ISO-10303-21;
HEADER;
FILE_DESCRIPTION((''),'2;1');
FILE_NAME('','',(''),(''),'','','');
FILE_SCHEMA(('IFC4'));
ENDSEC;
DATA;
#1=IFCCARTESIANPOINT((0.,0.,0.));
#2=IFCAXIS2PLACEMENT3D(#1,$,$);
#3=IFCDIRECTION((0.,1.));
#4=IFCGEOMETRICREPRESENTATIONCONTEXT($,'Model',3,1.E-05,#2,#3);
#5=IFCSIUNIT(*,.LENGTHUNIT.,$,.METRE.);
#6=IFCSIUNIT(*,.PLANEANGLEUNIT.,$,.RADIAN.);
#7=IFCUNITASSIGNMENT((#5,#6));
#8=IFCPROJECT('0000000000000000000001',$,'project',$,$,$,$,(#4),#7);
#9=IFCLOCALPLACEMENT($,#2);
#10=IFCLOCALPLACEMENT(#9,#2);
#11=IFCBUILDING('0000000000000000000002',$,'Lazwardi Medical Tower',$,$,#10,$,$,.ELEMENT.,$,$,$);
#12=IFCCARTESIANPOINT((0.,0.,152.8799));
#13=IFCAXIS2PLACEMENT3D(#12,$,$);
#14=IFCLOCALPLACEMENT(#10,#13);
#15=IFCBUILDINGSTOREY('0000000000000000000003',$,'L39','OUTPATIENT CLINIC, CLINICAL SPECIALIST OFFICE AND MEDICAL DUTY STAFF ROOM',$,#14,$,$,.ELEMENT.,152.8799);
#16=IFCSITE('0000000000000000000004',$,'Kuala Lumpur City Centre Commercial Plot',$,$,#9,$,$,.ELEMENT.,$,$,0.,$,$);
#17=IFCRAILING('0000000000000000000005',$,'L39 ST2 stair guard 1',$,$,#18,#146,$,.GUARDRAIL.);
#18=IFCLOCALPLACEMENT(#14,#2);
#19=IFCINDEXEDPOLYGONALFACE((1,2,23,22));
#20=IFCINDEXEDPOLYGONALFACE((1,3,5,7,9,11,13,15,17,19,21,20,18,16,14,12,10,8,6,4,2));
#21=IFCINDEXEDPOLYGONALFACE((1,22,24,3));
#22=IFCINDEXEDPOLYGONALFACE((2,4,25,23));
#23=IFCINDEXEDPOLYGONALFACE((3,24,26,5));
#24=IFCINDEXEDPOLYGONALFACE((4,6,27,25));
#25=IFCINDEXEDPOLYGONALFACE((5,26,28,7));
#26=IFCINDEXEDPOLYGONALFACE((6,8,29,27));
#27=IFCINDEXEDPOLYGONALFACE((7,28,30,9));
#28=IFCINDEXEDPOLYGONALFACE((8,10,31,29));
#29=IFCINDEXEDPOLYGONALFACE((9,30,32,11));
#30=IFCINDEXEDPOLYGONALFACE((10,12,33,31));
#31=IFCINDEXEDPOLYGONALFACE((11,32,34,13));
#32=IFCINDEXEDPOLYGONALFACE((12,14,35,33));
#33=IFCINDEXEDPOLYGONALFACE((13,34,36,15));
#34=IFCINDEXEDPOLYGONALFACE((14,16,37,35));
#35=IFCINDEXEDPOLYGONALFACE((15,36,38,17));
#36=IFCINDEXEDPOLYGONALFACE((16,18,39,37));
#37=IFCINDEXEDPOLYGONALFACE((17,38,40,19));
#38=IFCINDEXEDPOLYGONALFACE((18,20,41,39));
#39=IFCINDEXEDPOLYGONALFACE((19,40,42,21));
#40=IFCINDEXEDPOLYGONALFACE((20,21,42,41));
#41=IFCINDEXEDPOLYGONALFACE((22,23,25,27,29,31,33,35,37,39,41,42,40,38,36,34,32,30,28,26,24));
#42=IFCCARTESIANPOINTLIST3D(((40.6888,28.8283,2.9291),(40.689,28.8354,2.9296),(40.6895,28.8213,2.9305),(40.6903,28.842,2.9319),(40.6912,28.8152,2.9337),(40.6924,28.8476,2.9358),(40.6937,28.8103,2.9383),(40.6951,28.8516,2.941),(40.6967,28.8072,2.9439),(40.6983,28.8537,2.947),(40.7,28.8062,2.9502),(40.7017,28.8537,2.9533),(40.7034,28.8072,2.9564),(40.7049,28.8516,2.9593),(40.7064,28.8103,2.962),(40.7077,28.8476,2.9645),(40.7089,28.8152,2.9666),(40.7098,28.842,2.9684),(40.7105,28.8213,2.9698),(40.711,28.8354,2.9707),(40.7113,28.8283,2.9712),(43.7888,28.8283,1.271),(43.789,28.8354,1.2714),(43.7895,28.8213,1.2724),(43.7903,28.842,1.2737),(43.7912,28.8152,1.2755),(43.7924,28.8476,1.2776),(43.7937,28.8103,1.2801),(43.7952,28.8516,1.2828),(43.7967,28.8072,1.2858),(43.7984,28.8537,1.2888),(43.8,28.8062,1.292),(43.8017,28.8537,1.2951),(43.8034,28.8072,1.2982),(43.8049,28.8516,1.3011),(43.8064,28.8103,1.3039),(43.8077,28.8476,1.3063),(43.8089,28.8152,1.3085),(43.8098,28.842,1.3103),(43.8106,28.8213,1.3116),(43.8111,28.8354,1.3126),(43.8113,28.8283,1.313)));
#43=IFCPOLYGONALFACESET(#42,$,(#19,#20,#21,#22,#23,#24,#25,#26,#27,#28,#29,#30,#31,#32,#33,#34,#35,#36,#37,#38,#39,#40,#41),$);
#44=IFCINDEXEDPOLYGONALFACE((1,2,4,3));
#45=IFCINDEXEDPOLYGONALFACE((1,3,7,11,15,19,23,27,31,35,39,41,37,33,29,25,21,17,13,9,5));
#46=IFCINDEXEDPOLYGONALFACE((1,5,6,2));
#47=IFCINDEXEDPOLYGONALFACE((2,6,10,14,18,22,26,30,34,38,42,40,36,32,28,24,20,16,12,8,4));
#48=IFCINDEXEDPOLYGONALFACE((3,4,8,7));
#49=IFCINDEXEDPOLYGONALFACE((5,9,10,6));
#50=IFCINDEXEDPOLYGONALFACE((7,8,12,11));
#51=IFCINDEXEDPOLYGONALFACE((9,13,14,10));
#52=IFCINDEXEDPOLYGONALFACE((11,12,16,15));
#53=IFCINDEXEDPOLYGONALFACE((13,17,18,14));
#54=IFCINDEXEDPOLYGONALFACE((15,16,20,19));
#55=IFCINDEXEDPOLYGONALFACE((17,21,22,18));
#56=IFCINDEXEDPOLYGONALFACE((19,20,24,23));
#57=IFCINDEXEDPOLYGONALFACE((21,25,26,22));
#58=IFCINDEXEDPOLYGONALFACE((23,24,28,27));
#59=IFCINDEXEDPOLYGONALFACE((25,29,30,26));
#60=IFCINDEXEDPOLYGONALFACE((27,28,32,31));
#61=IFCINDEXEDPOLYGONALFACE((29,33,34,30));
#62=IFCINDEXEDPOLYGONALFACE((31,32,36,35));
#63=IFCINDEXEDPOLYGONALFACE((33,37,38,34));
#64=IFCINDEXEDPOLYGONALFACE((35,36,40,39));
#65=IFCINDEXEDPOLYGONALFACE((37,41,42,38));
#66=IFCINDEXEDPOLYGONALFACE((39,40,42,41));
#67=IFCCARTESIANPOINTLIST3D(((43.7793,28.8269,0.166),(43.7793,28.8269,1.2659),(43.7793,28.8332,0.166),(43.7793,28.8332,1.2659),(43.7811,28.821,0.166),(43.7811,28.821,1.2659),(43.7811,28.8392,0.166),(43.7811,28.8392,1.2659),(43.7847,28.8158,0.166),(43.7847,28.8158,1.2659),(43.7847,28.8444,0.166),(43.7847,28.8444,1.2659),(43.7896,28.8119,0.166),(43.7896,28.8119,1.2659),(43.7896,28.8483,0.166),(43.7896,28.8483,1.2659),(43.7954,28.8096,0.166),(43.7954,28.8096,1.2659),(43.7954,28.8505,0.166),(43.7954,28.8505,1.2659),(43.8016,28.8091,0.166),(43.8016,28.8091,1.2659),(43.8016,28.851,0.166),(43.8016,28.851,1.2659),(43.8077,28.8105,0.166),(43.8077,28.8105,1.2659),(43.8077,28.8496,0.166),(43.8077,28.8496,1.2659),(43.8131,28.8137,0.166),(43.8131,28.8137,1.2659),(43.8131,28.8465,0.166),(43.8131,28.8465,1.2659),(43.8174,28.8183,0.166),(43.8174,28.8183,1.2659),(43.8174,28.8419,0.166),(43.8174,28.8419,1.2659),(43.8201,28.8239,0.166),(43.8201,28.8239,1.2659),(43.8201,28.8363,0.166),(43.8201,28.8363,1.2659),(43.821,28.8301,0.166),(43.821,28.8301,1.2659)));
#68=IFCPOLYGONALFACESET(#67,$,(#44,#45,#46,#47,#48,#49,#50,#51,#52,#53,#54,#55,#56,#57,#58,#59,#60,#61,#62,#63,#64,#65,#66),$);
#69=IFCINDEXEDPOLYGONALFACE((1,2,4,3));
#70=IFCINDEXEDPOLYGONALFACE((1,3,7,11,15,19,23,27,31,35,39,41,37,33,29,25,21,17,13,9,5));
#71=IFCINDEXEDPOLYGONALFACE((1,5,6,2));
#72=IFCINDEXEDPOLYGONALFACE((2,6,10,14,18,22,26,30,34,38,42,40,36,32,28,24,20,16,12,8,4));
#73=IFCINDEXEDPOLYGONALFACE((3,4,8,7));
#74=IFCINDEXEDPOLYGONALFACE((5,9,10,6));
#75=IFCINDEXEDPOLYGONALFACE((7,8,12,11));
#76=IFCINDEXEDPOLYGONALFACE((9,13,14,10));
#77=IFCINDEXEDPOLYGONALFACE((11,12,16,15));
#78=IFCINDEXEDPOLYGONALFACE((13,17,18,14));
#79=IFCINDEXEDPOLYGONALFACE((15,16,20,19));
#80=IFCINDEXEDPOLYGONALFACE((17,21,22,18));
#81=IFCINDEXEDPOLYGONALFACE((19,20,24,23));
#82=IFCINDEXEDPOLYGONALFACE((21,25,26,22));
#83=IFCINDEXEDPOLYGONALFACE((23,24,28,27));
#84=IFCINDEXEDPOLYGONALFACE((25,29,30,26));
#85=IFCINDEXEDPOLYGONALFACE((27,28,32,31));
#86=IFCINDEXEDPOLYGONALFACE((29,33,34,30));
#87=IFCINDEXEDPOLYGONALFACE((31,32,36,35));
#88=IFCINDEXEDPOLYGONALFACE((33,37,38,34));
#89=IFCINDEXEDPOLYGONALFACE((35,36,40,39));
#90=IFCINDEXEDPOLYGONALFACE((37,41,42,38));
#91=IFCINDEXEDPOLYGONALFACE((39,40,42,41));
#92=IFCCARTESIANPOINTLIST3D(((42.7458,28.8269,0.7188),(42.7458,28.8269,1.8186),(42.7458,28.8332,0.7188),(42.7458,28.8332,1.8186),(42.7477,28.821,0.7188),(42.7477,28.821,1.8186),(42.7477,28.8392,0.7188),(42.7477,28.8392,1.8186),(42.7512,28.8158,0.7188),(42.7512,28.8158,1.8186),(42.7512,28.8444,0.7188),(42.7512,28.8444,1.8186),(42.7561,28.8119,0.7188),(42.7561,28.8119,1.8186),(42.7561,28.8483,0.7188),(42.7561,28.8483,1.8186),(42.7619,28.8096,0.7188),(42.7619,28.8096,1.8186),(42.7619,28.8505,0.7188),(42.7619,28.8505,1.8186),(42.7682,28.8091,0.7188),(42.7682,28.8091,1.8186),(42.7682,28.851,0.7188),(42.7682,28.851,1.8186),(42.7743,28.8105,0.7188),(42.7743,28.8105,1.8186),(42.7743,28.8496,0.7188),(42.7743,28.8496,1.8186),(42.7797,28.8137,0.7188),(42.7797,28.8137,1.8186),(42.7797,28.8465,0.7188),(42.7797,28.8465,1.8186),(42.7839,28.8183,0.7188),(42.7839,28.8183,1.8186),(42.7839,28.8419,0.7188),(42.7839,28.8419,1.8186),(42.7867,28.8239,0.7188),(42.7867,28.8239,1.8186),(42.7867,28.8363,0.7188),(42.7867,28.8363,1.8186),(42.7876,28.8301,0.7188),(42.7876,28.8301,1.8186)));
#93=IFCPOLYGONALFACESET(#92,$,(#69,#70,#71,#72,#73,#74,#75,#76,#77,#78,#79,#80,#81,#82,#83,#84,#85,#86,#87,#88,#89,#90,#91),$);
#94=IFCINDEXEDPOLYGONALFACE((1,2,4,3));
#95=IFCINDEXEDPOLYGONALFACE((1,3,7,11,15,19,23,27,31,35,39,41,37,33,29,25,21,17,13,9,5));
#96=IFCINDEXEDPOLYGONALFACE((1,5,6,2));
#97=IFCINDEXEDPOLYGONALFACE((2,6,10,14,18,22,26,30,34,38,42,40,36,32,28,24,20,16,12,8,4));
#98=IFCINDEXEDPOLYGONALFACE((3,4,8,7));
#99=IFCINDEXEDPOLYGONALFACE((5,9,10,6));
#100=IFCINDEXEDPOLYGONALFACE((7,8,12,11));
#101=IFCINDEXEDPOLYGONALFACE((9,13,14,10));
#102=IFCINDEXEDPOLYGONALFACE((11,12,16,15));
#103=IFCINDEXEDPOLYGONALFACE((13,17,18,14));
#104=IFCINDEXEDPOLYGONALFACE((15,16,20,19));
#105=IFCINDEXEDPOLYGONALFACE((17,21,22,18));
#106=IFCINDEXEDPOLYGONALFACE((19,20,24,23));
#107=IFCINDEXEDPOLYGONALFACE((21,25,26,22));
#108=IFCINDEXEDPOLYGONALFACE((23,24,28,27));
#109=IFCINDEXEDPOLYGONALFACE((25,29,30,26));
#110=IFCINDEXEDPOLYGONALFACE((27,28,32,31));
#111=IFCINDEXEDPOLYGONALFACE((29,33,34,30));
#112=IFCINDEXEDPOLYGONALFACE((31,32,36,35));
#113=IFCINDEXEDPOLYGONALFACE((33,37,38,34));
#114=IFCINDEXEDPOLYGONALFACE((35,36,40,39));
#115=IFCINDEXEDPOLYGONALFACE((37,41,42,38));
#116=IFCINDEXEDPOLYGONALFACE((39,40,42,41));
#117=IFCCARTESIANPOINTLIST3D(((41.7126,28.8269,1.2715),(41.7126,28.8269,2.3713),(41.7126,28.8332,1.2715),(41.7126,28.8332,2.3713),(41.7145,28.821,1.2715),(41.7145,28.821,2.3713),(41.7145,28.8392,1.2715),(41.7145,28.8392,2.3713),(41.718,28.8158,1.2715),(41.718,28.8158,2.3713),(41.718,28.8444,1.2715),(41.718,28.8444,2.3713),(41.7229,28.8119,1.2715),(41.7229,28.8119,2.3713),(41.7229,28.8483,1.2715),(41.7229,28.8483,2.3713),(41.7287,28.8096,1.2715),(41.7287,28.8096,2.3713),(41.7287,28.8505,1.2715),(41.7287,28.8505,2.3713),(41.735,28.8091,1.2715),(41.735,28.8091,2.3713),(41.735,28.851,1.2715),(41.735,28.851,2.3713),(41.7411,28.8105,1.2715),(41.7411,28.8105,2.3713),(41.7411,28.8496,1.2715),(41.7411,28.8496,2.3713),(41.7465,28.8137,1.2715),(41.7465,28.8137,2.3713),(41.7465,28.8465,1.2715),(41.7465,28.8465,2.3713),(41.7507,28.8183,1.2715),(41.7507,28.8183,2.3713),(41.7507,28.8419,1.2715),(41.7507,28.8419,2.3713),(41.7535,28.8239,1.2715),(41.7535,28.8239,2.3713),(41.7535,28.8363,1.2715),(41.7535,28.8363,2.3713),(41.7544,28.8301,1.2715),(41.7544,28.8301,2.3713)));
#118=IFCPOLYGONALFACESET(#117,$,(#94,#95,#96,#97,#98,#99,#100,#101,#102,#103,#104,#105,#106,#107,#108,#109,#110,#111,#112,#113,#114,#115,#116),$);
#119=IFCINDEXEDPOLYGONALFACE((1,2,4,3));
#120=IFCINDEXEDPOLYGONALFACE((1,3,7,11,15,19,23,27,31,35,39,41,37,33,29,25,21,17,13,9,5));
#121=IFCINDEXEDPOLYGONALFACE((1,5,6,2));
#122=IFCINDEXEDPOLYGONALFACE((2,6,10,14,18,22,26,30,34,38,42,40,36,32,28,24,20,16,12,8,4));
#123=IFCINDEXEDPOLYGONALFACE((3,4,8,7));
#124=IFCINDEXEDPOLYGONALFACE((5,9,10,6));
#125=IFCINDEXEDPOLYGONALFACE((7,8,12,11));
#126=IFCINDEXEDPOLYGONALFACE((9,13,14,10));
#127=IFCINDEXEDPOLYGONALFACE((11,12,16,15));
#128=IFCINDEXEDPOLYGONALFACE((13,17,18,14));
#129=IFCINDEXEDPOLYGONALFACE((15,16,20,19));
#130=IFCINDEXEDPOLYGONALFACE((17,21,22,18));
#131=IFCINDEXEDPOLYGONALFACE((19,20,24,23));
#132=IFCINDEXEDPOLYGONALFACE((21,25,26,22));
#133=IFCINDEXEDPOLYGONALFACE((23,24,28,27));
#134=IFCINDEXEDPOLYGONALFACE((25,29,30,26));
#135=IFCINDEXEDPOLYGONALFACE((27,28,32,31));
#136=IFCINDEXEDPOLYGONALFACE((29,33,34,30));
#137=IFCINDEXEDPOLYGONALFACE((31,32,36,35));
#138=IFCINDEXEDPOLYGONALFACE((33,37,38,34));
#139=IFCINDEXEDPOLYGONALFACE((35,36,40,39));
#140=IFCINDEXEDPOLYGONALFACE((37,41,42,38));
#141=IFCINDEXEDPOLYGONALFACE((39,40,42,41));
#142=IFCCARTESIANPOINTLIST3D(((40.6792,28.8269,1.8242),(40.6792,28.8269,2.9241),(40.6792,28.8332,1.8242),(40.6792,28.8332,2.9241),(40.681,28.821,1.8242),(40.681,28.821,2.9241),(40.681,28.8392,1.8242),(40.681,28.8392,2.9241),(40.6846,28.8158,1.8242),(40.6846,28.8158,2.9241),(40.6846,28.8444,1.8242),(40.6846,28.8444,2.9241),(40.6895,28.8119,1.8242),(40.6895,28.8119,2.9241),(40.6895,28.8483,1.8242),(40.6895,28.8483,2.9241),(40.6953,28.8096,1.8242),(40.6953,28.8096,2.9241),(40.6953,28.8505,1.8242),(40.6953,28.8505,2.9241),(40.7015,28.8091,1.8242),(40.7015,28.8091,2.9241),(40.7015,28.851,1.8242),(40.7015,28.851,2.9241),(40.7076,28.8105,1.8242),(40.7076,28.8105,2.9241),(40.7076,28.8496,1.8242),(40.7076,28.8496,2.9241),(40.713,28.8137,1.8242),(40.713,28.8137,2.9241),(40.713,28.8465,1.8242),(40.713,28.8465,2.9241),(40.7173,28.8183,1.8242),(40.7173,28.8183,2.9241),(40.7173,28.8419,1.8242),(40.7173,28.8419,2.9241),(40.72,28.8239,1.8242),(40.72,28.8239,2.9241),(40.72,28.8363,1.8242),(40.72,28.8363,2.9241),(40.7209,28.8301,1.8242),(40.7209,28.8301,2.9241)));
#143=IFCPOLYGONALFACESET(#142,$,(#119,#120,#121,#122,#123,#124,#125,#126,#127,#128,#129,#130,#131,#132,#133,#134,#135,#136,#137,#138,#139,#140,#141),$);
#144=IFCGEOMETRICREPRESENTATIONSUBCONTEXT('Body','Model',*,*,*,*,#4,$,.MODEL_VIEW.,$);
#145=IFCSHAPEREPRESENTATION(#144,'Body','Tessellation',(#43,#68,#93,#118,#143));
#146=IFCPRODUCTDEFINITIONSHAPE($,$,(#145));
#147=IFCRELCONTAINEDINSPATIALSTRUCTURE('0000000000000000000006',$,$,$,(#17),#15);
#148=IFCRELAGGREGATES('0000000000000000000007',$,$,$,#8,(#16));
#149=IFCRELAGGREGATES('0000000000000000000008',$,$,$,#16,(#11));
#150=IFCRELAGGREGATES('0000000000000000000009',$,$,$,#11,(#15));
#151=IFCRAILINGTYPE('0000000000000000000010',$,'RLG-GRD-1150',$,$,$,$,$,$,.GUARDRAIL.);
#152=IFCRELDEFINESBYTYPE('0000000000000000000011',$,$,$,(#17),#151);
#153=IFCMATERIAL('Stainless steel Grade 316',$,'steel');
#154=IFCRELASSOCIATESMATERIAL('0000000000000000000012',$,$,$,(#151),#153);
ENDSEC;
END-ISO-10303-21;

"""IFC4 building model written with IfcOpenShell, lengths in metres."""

from ifc_helpers import new_model, si_unit, direction, frame, origin, origin_2d, place, context, subcontext, project, spatial, circle, extrude, material, type_object, element, save


model = new_model("IFC4")

# Units and contexts
model_context = context("Model", 3, precision=1e-05, world=origin(), true_north=direction((0.0, 1.0)))
body_context = subcontext(model_context, "Body", "Model", "MODEL_VIEW")
ifc_project = project(units=[si_unit("LENGTHUNIT", "METRE"), si_unit("PLANEANGLEUNIT", "RADIAN")], contexts=[model_context])

# Site, building, storey
site_placement = place(None, origin())
site = spatial("IfcSite", under=ifc_project, at=site_placement, Name="Kuala Lumpur City Centre Commercial Plot", CompositionType="ELEMENT", RefElevation=0.0)
building_placement = place(site_placement, origin())
building = spatial("IfcBuilding", under=site, at=building_placement, Name="Lazwardi Medical Tower", CompositionType="ELEMENT")
storey_placement = place(building_placement, frame((0.0, 0.0, 152.8799)))
storey = spatial("IfcBuildingStorey", under=building, at=storey_placement, Name="L39", Description="OUTPATIENT CLINIC, CLINICAL SPECIALIST OFFICE AND MEDICAL DUTY STAFF ROOM", CompositionType="ELEMENT", Elevation=152.8799)

# Railing
ifc_material_1 = material(Name="Stainless steel Grade 316", Category="steel")
railing_type_1 = type_object("IfcRailingType", Name="RLG-GRD-1150", PredefinedType="GUARDRAIL", material=ifc_material_1)
railing_1_placement = place(storey_placement, frame((43.8, 28.8301, 0.166)))
element("IfcRailing", 1, at=railing_1_placement, inside=storey, type_object=railing_type_1, Name="L39 ST2 stair guard 1", PredefinedType="GUARDRAIL", context=body_context, shape_type="SweptSolid", body=[
    extrude(circle(Radius=0.0239, at=origin_2d()), frame((0.0, 0.0, 1.126), z_axis=(-0.881783, 0.0, 0.471655), x_axis=(0.0, -1.0, 0.0)), (0.0, 0.0, 1.0), 3.5156),
    extrude(circle(Radius=0.021, at=origin_2d()), origin(), (0.0, 0.0, 1.0), 1.0999),
    extrude(circle(Radius=0.021, at=origin_2d()), frame((-1.0334, 0.0, 0.5527)), (0.0, 0.0, 1.0), 1.0999),
    extrude(circle(Radius=0.021, at=origin_2d()), frame((-2.0667, 0.0, 1.1055)), (0.0, 0.0, 1.0), 1.0999),
    extrude(circle(Radius=0.021, at=origin_2d()), frame((-3.1001, 0.0, 1.6582)), (0.0, 0.0, 1.0), 1.0999),
])

save(model, "model.ifc")
